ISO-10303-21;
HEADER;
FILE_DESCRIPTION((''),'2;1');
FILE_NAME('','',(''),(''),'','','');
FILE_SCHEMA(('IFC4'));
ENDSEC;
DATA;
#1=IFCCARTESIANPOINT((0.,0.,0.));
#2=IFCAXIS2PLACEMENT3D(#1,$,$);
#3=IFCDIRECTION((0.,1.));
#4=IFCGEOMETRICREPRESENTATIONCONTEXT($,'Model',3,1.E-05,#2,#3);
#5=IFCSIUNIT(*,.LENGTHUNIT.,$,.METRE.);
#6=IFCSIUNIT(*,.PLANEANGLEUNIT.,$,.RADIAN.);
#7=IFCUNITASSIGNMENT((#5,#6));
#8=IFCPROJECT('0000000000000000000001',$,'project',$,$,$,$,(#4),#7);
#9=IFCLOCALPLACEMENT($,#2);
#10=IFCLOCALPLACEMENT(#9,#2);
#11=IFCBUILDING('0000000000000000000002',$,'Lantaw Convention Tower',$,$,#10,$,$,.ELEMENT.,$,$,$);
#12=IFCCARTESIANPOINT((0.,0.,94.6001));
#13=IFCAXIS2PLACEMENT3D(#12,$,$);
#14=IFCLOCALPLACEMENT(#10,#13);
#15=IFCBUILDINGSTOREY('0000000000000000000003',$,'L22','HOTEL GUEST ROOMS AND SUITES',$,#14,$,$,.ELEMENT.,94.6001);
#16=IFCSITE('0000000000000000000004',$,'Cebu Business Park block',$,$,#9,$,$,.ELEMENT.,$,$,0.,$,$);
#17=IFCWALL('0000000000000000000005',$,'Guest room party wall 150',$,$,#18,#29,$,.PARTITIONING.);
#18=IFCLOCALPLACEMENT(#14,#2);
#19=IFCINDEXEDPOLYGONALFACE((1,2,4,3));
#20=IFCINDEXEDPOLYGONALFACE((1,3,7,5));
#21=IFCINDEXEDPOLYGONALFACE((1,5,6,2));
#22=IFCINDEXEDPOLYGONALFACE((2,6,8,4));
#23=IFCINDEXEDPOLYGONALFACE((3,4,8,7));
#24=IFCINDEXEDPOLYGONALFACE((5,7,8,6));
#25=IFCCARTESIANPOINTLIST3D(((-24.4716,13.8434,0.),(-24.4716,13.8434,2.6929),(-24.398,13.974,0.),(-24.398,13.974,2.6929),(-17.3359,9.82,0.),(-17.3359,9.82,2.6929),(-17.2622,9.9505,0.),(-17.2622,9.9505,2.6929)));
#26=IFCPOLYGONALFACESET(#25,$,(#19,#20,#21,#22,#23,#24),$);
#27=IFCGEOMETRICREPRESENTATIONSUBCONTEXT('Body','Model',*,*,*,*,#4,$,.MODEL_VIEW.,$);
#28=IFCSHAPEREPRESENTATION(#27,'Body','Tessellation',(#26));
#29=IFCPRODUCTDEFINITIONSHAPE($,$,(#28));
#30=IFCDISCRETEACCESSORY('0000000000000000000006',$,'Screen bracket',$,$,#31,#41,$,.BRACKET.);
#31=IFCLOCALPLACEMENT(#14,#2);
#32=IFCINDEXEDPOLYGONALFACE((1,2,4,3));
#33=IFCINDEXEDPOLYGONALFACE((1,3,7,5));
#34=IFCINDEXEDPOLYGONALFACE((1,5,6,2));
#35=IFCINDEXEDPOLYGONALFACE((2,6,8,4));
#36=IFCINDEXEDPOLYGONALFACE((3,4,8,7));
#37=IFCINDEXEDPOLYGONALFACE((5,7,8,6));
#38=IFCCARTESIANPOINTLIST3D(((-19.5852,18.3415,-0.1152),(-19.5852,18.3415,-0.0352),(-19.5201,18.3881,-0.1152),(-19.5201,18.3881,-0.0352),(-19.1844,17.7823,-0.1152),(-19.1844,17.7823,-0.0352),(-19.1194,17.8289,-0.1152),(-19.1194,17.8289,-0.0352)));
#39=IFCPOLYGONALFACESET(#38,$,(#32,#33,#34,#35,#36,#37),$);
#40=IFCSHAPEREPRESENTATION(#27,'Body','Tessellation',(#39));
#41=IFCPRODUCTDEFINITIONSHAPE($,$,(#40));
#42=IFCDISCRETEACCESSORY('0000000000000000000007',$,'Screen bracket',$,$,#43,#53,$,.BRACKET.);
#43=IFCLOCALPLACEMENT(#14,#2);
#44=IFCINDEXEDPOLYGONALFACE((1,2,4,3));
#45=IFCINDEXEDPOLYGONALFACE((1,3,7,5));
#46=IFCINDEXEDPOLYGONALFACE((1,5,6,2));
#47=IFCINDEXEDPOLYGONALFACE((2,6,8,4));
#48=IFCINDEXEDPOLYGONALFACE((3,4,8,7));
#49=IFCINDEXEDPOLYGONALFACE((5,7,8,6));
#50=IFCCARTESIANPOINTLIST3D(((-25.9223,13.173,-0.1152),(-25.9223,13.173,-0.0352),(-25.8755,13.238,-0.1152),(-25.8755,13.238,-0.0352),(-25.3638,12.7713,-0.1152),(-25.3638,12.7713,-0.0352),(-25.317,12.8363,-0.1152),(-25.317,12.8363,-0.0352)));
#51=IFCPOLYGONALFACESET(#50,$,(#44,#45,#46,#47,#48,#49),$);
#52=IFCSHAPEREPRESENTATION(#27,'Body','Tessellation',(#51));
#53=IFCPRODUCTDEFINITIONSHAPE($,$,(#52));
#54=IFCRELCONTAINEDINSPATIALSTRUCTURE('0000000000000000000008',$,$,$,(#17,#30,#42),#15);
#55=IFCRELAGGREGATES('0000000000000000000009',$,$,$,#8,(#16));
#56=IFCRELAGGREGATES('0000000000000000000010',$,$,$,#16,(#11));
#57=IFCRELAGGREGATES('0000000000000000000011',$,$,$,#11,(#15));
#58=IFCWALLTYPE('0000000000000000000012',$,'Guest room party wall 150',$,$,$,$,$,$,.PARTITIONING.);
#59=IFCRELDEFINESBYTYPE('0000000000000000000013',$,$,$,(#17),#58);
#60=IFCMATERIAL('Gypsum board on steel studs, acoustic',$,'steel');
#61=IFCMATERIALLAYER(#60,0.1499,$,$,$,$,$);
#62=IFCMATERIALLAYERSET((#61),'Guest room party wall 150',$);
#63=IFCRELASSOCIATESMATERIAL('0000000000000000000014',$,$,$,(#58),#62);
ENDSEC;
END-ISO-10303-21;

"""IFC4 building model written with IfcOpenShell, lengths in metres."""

from ifc_helpers import new_model, si_unit, direction, frame, frame_2d, origin, origin_2d, place, context, subcontext, project, spatial, rectangle, extrude, material, layer, layer_set, type_object, element, save


model = new_model("IFC4")

# Units and contexts
model_context = context("Model", 3, precision=1e-05, world=origin(), true_north=direction((0.0, 1.0)))
body_context = subcontext(model_context, "Body", "Model", "MODEL_VIEW")
ifc_project = project(units=[si_unit("LENGTHUNIT", "METRE"), si_unit("PLANEANGLEUNIT", "RADIAN")], contexts=[model_context])

# Site, building, storey
site_placement = place(None, origin())
site = spatial("IfcSite", under=ifc_project, at=site_placement, Name="Cebu Business Park block", CompositionType="ELEMENT", RefElevation=0.0)
building_placement = place(site_placement, origin())
building = spatial("IfcBuilding", under=site, at=building_placement, Name="Lantaw Convention Tower", CompositionType="ELEMENT")
storey_placement = place(building_placement, frame((0.0, 0.0, 94.6001)))
storey = spatial("IfcBuildingStorey", under=building, at=storey_placement, Name="L22", Description="HOTEL GUEST ROOMS AND SUITES", CompositionType="ELEMENT", Elevation=94.6001)

# Wall
ifc_material_1 = material(Name="Gypsum board on steel studs, acoustic", Category="steel")
ifc_layer_1 = layer(ifc_material_1, 0.1499)
ifc_layer_set_1 = layer_set([ifc_layer_1], Name="Guest room party wall 150")
wall_type_1 = type_object("IfcWallType", Name="Guest room party wall 150", PredefinedType="PARTITIONING", material=ifc_layer_set_1)
wall_1_placement = place(storey_placement, frame((-24.4348, 13.9087, 0.0), z_axis=(0.0, 0.0, 1.0), x_axis=(0.871075, -0.49115, 0.0)))
element("IfcWall", 1, at=wall_1_placement, inside=storey, type_object=wall_type_1, Name="Guest room party wall 150", PredefinedType="PARTITIONING", context=body_context, shape_type="SweptSolid", body=[
    extrude(rectangle(XDim=8.1919, YDim=0.1499, at=frame_2d((4.0959, 0.0))), origin(), (0.0, 0.0, 1.0), 2.6929),
])

# Discrete accessories
for number, where, z_axis, x_axis, name in (
    (2, (-19.3523, 18.0852, -0.1152), (0.0, 0.0, 1.0), (-0.812804, -0.582538, 0.0), "Screen bracket"),
    (3, (-25.6196, 13.0046, -0.1152), (0.0, 0.0, 1.0), (-0.583951, -0.811789, 0.0), "Screen bracket"),
):
    element("IfcDiscreteAccessory", number, at=place(storey_placement, frame(where, z_axis=z_axis, x_axis=x_axis)), inside=storey, Name=name, PredefinedType="BRACKET", context=body_context, shape_type="SweptSolid", body=[
        extrude(rectangle(XDim=0.0801, YDim=0.688, at=origin_2d()), origin(), (0.0, 0.0, 1.0), 0.0801),
    ])

save(model, "model.ifc")
